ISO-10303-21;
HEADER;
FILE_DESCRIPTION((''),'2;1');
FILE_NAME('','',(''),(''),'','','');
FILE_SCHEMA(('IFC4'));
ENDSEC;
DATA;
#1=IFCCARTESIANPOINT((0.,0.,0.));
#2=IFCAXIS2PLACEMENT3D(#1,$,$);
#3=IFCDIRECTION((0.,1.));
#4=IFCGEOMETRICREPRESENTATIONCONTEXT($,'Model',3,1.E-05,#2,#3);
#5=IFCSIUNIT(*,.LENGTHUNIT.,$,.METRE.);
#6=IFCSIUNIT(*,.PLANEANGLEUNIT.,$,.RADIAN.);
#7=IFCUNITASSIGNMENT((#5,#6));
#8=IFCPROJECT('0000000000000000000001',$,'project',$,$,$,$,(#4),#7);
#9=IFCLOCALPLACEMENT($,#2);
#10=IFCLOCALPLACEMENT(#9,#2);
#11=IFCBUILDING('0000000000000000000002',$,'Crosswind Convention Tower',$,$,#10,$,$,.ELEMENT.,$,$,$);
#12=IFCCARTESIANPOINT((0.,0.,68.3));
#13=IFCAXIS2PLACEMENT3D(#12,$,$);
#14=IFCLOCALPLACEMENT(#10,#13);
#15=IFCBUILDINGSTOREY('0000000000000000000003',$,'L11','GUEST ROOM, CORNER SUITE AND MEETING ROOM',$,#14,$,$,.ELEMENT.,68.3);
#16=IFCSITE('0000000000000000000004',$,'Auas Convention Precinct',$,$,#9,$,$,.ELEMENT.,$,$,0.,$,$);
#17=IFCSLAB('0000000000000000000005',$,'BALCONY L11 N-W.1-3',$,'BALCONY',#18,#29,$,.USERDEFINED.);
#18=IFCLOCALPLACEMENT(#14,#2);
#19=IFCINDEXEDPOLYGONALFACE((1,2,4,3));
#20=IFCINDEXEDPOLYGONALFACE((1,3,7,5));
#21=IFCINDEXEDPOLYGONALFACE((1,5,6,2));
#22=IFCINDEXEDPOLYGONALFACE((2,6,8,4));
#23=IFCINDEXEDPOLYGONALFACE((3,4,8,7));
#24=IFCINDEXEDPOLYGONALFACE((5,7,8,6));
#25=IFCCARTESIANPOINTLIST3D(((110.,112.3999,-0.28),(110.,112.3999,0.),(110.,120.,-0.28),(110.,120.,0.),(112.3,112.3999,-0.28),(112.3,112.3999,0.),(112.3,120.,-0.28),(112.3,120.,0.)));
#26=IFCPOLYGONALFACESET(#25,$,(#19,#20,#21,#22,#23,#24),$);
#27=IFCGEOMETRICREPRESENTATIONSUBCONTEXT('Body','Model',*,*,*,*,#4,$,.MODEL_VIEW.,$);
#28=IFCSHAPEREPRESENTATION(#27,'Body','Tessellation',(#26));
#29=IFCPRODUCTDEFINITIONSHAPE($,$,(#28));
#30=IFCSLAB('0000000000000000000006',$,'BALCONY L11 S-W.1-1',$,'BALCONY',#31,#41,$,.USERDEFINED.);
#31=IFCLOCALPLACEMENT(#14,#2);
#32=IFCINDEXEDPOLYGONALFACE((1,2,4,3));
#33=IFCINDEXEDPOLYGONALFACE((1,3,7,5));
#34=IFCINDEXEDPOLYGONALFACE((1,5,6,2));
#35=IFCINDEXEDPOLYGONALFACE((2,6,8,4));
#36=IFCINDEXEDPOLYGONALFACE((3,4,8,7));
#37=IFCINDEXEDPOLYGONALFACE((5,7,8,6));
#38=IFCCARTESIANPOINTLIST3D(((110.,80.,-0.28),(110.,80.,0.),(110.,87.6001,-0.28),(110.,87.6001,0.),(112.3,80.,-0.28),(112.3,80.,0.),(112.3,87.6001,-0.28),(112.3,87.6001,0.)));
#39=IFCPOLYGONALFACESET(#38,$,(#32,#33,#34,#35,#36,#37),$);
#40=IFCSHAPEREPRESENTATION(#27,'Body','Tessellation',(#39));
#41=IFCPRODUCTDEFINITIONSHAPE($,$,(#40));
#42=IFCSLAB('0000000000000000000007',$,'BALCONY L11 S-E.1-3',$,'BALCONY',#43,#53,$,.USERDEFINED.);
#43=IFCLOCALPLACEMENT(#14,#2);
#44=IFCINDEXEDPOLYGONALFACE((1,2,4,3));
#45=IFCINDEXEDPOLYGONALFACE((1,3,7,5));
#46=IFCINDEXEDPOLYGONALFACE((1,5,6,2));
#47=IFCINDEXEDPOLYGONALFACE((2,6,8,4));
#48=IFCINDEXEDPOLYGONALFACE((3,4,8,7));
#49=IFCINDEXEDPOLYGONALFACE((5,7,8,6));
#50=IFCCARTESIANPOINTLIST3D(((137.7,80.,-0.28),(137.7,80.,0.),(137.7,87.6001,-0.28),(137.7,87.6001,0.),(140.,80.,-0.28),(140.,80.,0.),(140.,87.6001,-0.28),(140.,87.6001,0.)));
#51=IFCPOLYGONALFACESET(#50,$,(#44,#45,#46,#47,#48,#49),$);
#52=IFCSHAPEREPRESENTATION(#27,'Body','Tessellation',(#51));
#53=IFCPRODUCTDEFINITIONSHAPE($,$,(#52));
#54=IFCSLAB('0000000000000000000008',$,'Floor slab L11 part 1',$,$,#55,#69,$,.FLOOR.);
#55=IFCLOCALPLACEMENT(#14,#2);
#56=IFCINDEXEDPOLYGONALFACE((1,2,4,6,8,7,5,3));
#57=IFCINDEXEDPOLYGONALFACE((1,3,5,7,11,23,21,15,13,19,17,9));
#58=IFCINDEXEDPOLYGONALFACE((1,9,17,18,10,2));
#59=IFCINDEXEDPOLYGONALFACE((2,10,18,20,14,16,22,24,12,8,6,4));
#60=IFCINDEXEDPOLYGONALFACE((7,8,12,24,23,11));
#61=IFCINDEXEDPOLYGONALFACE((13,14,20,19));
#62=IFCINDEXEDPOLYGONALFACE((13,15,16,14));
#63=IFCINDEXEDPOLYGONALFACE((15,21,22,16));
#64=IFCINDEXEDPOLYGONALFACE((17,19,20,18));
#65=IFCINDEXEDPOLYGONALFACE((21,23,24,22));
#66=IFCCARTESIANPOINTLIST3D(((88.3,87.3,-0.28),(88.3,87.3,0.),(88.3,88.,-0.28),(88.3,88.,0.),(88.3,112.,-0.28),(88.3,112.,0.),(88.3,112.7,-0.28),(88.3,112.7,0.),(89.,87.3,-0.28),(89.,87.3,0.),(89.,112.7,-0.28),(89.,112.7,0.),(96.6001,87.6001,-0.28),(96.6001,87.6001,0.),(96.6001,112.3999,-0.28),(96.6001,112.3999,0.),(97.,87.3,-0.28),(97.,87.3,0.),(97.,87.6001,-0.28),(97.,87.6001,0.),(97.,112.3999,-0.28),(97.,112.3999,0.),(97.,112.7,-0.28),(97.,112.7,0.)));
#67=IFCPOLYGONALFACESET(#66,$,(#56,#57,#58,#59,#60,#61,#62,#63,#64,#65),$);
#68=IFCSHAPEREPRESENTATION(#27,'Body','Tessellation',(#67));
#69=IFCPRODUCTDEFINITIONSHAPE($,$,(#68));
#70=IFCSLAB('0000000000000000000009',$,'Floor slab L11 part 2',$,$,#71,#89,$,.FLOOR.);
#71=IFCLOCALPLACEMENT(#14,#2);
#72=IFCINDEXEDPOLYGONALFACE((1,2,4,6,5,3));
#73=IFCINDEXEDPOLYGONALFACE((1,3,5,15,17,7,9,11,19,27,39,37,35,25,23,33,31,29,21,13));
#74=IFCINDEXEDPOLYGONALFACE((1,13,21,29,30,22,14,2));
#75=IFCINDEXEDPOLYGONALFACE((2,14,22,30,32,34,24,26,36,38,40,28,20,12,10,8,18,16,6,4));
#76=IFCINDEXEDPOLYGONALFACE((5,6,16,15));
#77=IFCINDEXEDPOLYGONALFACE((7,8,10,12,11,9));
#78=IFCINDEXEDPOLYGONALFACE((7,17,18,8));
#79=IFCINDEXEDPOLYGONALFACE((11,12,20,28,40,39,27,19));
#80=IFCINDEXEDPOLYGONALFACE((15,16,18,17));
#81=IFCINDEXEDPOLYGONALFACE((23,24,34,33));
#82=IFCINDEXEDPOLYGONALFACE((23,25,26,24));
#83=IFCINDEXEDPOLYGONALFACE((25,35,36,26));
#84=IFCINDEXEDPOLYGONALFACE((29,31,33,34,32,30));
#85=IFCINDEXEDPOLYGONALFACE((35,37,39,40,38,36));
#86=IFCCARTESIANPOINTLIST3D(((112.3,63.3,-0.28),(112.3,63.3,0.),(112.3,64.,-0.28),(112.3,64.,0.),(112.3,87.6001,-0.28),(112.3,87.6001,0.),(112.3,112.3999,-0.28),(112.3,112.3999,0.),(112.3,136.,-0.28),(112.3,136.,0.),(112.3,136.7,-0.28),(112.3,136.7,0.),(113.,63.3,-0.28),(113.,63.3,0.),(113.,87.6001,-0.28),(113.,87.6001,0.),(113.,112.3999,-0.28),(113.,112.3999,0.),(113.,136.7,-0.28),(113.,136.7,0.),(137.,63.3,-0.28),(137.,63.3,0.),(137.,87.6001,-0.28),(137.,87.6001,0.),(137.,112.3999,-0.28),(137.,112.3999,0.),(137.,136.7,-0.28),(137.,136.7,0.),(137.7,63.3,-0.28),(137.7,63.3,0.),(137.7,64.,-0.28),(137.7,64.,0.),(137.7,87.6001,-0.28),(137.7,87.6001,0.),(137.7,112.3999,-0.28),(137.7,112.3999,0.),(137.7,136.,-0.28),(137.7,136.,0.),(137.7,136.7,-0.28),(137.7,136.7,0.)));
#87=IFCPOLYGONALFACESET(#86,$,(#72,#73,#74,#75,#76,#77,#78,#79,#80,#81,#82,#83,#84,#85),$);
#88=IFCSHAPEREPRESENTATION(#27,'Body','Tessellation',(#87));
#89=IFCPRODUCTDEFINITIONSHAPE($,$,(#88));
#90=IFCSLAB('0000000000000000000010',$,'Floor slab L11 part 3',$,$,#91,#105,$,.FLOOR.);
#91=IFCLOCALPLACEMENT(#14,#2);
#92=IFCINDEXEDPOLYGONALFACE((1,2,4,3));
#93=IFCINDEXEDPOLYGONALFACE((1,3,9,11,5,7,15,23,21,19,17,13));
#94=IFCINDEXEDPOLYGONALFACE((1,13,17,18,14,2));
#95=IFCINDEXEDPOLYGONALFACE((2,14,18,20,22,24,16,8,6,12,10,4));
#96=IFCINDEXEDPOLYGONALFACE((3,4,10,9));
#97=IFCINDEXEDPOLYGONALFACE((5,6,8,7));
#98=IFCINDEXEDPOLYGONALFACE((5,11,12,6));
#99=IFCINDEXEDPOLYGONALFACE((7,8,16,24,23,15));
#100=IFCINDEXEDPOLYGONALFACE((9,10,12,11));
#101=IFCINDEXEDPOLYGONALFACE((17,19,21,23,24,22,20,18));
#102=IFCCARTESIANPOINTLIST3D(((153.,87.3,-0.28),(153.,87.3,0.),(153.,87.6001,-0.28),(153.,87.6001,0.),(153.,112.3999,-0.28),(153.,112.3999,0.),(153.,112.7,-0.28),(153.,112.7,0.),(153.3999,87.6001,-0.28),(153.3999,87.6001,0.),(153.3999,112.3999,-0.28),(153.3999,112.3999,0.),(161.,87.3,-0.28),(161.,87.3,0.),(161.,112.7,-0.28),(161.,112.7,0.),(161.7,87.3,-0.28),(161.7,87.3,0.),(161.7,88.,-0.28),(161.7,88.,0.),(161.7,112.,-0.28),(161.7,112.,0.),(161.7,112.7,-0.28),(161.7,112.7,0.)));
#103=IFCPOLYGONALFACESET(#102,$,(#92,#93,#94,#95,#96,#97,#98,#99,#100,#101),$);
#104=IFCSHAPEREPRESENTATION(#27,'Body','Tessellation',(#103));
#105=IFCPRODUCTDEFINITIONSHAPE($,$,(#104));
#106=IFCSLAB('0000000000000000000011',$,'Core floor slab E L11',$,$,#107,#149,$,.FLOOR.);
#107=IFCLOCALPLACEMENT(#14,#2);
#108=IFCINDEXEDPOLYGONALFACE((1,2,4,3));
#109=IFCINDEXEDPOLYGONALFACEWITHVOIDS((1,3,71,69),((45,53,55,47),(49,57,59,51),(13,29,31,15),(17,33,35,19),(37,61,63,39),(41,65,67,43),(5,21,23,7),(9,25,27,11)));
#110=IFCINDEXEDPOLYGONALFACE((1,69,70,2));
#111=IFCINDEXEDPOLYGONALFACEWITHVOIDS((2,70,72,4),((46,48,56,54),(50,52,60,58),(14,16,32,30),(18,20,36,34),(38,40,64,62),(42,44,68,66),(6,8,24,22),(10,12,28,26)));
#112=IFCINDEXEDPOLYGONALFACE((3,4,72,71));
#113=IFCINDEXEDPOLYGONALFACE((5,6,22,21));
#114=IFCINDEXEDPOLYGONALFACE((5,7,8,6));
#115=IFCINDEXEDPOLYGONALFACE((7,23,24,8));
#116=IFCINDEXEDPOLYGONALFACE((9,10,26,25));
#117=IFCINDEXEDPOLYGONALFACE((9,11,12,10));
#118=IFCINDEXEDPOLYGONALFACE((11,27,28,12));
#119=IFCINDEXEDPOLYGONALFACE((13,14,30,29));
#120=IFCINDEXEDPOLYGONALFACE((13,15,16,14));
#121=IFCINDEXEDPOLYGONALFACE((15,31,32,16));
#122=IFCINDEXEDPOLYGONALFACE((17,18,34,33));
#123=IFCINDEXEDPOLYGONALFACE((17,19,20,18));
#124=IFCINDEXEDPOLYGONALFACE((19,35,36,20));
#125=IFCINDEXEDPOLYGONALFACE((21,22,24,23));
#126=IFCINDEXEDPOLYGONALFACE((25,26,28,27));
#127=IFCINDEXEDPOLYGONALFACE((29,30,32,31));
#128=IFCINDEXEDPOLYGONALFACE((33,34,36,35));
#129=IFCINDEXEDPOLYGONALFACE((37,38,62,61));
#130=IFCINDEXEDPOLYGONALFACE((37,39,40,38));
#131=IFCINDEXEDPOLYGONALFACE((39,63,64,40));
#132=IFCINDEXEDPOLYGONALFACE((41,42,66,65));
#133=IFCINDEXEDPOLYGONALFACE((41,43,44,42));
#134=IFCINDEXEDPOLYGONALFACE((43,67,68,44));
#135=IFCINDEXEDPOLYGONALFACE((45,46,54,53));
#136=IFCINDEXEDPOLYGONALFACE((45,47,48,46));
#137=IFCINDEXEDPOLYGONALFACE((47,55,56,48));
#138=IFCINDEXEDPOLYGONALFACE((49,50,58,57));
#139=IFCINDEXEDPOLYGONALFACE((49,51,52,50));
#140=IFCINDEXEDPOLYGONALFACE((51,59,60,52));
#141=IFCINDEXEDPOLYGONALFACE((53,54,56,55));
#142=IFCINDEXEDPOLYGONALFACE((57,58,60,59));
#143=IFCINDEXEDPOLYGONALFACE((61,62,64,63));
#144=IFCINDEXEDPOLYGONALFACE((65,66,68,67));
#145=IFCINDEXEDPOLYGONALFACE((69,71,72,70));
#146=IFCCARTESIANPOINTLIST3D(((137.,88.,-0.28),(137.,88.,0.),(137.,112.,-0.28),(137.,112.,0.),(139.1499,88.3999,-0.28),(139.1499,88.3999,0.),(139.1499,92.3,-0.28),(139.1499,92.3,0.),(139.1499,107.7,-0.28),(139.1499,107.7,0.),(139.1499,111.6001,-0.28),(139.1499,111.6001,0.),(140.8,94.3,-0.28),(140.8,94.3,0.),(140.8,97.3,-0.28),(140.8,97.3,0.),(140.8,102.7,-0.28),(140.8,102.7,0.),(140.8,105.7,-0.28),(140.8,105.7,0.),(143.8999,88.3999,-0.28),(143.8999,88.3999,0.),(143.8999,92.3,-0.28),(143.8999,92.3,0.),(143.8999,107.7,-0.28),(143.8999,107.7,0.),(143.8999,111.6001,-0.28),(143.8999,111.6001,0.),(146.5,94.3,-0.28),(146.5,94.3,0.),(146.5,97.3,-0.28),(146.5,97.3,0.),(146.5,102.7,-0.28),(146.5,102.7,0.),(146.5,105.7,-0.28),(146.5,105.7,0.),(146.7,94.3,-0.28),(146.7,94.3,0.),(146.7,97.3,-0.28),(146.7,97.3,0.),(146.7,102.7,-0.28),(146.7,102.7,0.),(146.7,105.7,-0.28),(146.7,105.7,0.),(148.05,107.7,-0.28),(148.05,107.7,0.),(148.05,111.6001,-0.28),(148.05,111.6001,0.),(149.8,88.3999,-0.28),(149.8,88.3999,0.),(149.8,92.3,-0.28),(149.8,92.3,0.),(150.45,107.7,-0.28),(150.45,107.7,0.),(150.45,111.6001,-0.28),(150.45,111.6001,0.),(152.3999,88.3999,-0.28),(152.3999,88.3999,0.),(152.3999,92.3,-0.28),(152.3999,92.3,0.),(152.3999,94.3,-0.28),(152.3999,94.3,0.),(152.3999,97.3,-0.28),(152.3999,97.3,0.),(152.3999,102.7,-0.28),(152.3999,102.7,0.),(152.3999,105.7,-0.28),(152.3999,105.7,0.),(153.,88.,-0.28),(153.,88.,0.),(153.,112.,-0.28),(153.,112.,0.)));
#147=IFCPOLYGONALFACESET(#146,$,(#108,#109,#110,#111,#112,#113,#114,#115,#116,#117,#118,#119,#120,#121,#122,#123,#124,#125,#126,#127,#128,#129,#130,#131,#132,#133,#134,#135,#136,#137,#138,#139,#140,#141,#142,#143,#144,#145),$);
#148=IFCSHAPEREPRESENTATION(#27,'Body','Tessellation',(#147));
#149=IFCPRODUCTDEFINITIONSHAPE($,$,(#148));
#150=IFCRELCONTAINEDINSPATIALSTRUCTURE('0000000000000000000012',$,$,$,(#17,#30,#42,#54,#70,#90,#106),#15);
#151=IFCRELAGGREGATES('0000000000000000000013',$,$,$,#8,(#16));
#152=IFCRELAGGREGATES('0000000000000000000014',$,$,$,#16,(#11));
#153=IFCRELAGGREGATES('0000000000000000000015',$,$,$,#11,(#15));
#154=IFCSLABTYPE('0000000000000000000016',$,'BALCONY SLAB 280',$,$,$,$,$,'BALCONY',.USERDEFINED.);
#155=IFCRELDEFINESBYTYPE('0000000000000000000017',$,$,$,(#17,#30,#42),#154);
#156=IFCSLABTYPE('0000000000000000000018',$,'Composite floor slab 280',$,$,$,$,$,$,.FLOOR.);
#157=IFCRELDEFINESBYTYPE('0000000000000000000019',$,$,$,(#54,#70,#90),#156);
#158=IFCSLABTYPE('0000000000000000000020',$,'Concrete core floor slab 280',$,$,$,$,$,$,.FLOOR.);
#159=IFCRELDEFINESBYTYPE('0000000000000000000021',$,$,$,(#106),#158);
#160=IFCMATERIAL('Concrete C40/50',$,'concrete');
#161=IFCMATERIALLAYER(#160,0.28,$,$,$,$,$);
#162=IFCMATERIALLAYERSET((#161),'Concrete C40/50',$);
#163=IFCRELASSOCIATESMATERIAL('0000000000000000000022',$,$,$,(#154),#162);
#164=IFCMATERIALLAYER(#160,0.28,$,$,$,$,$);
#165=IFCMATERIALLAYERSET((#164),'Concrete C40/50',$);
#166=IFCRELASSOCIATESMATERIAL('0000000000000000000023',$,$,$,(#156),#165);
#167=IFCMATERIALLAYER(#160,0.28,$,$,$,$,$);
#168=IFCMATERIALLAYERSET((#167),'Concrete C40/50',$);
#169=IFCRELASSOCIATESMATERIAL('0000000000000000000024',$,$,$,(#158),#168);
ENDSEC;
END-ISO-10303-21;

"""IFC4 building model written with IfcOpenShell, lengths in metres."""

from ifc_helpers import new_model, si_unit, direction, frame, origin, place, context, subcontext, project, spatial, polyline, outline, extrude, material, layer, layer_set, type_object, element, save


model = new_model("IFC4")

# Units and contexts
model_context = context("Model", 3, precision=1e-05, world=origin(), true_north=direction((0.0, 1.0)))
body_context = subcontext(model_context, "Body", "Model", "MODEL_VIEW")
ifc_project = project(units=[si_unit("LENGTHUNIT", "METRE"), si_unit("PLANEANGLEUNIT", "RADIAN")], contexts=[model_context])

# Site, building, storey
site_placement = place(None, origin())
site = spatial("IfcSite", under=ifc_project, at=site_placement, Name="Auas Convention Precinct", CompositionType="ELEMENT", RefElevation=0.0)
building_placement = place(site_placement, origin())
building = spatial("IfcBuilding", under=site, at=building_placement, Name="Crosswind Convention Tower", CompositionType="ELEMENT")
storey_placement = place(building_placement, frame((0.0, 0.0, 68.3)))
storey = spatial("IfcBuildingStorey", under=building, at=storey_placement, Name="L11", Description="GUEST ROOM, CORNER SUITE AND MEETING ROOM", CompositionType="ELEMENT", Elevation=68.3)

# Slabs
ifc_material_1 = material(Name="Concrete C40/50", Category="concrete")
ifc_layer_1 = layer(ifc_material_1, 0.28)
ifc_layer_set_1 = layer_set([ifc_layer_1], Name="Concrete C40/50")
slab_type_1 = type_object("IfcSlabType", Name="BALCONY SLAB 280", ElementType="BALCONY", PredefinedType="USERDEFINED", material=ifc_layer_set_1)
slab_1_placement = place(storey_placement, frame((0.0, 0.0, -0.28)))
element("IfcSlab", 1, at=slab_1_placement, inside=storey, type_object=slab_type_1, Name="BALCONY L11 N-W.1-3", ObjectType="BALCONY", PredefinedType="USERDEFINED", context=body_context, shape_type="SweptSolid", body=[
    extrude(outline(polyline([(112.3, 120.0), (112.3, 112.3999), (110.0, 112.3999), (110.0, 120.0), (112.3, 120.0)])), origin(), (0.0, 0.0, 1.0), 0.28),
])
slab_2_placement = place(storey_placement, frame((0.0, 0.0, -0.28)))
element("IfcSlab", 2, at=slab_2_placement, inside=storey, type_object=slab_type_1, Name="BALCONY L11 S-W.1-1", ObjectType="BALCONY", PredefinedType="USERDEFINED", context=body_context, shape_type="SweptSolid", body=[
    extrude(outline(polyline([(112.3, 87.6001), (112.3, 80.0), (110.0, 80.0), (110.0, 87.6001), (112.3, 87.6001)])), origin(), (0.0, 0.0, 1.0), 0.28),
])
slab_3_placement = place(storey_placement, frame((0.0, 0.0, -0.28)))
element("IfcSlab", 3, at=slab_3_placement, inside=storey, type_object=slab_type_1, Name="BALCONY L11 S-E.1-3", ObjectType="BALCONY", PredefinedType="USERDEFINED", context=body_context, shape_type="SweptSolid", body=[
    extrude(outline(polyline([(137.7, 80.0), (137.7, 87.6001), (140.0, 87.6001), (140.0, 80.0), (137.7, 80.0)])), origin(), (0.0, 0.0, 1.0), 0.28),
])
ifc_layer_2 = layer(ifc_material_1, 0.28)
ifc_layer_set_2 = layer_set([ifc_layer_2], Name="Concrete C40/50")
slab_type_2 = type_object("IfcSlabType", Name="Composite floor slab 280", PredefinedType="FLOOR", material=ifc_layer_set_2)
slab_4_placement = place(storey_placement, frame((0.0, 0.0, -0.28)))
element("IfcSlab", 4, at=slab_4_placement, inside=storey, type_object=slab_type_2, Name="Floor slab L11 part 1", PredefinedType="FLOOR", context=body_context, shape_type="SweptSolid", body=[
    extrude(outline(polyline([(97.0, 87.3), (89.0, 87.3), (88.3, 87.3), (88.3, 88.0), (88.3, 112.0), (88.3, 112.7), (89.0, 112.7), (97.0, 112.7), (97.0, 112.3999), (96.6001, 112.3999), (96.6001, 87.6001), (97.0, 87.6001), (97.0, 87.3)])), origin(), (0.0, 0.0, 1.0), 0.28),
])
slab_5_placement = place(storey_placement, frame((0.0, 0.0, -0.28)))
element("IfcSlab", 5, at=slab_5_placement, inside=storey, type_object=slab_type_2, Name="Floor slab L11 part 2", PredefinedType="FLOOR", context=body_context, shape_type="SweptSolid", body=[
    extrude(outline(polyline([(112.3, 87.6001), (113.0, 87.6001), (113.0, 112.3999), (112.3, 112.3999), (112.3, 136.0), (112.3, 136.7), (113.0, 136.7), (137.0, 136.7), (137.7, 136.7), (137.7, 136.0), (137.7, 112.3999), (137.0, 112.3999), (137.0, 87.6001), (137.7, 87.6001), (137.7, 64.0), (137.7, 63.3), (137.0, 63.3), (113.0, 63.3), (112.3, 63.3), (112.3, 64.0), (112.3, 87.6001)])), origin(), (0.0, 0.0, 1.0), 0.28),
])
slab_6_placement = place(storey_placement, frame((0.0, 0.0, -0.28)))
element("IfcSlab", 6, at=slab_6_placement, inside=storey, type_object=slab_type_2, Name="Floor slab L11 part 3", PredefinedType="FLOOR", context=body_context, shape_type="SweptSolid", body=[
    extrude(outline(polyline([(153.0, 112.7), (161.0, 112.7), (161.7, 112.7), (161.7, 112.0), (161.7, 88.0), (161.7, 87.3), (161.0, 87.3), (153.0, 87.3), (153.0, 87.6001), (153.3999, 87.6001), (153.3999, 112.3999), (153.0, 112.3999), (153.0, 112.7)])), origin(), (0.0, 0.0, 1.0), 0.28),
])
ifc_layer_3 = layer(ifc_material_1, 0.28)
ifc_layer_set_3 = layer_set([ifc_layer_3], Name="Concrete C40/50")
slab_type_3 = type_object("IfcSlabType", Name="Concrete core floor slab 280", PredefinedType="FLOOR", material=ifc_layer_set_3)
slab_7_placement = place(storey_placement, frame((0.0, 0.0, -0.28)))
element("IfcSlab", 7, at=slab_7_placement, inside=storey, type_object=slab_type_3, Name="Core floor slab E L11", PredefinedType="FLOOR", context=body_context, shape_type="SweptSolid", body=[
    extrude(outline(polyline([(137.0, 88.0), (153.0, 88.0), (153.0, 112.0), (137.0, 112.0), (137.0, 88.0)]), holes=[polyline([(146.5, 102.7), (146.5, 105.7), (140.8, 105.7), (140.8, 102.7), (146.5, 102.7)]), polyline([(152.3999, 102.7), (152.3999, 105.7), (146.7, 105.7), (146.7, 102.7), (152.3999, 102.7)]), polyline([(146.5, 94.3), (146.5, 97.3), (140.8, 97.3), (140.8, 94.3), (146.5, 94.3)]), polyline([(152.3999, 94.3), (152.3999, 97.3), (146.7, 97.3), (146.7, 94.3), (152.3999, 94.3)]), polyline([(150.45, 107.7), (150.45, 111.6001), (148.05, 111.6001), (148.05, 107.7), (150.45, 107.7)]), polyline([(152.3999, 88.3999), (152.3999, 92.3), (149.8, 92.3), (149.8, 88.3999), (152.3999, 88.3999)]), polyline([(143.8999, 107.7), (143.8999, 111.6001), (139.1499, 111.6001), (139.1499, 107.7), (143.8999, 107.7)]), polyline([(143.8999, 88.3999), (143.8999, 92.3), (139.1499, 92.3), (139.1499, 88.3999), (143.8999, 88.3999)])]), origin(), (0.0, 0.0, 1.0), 0.28),
])

save(model, "model.ifc")
